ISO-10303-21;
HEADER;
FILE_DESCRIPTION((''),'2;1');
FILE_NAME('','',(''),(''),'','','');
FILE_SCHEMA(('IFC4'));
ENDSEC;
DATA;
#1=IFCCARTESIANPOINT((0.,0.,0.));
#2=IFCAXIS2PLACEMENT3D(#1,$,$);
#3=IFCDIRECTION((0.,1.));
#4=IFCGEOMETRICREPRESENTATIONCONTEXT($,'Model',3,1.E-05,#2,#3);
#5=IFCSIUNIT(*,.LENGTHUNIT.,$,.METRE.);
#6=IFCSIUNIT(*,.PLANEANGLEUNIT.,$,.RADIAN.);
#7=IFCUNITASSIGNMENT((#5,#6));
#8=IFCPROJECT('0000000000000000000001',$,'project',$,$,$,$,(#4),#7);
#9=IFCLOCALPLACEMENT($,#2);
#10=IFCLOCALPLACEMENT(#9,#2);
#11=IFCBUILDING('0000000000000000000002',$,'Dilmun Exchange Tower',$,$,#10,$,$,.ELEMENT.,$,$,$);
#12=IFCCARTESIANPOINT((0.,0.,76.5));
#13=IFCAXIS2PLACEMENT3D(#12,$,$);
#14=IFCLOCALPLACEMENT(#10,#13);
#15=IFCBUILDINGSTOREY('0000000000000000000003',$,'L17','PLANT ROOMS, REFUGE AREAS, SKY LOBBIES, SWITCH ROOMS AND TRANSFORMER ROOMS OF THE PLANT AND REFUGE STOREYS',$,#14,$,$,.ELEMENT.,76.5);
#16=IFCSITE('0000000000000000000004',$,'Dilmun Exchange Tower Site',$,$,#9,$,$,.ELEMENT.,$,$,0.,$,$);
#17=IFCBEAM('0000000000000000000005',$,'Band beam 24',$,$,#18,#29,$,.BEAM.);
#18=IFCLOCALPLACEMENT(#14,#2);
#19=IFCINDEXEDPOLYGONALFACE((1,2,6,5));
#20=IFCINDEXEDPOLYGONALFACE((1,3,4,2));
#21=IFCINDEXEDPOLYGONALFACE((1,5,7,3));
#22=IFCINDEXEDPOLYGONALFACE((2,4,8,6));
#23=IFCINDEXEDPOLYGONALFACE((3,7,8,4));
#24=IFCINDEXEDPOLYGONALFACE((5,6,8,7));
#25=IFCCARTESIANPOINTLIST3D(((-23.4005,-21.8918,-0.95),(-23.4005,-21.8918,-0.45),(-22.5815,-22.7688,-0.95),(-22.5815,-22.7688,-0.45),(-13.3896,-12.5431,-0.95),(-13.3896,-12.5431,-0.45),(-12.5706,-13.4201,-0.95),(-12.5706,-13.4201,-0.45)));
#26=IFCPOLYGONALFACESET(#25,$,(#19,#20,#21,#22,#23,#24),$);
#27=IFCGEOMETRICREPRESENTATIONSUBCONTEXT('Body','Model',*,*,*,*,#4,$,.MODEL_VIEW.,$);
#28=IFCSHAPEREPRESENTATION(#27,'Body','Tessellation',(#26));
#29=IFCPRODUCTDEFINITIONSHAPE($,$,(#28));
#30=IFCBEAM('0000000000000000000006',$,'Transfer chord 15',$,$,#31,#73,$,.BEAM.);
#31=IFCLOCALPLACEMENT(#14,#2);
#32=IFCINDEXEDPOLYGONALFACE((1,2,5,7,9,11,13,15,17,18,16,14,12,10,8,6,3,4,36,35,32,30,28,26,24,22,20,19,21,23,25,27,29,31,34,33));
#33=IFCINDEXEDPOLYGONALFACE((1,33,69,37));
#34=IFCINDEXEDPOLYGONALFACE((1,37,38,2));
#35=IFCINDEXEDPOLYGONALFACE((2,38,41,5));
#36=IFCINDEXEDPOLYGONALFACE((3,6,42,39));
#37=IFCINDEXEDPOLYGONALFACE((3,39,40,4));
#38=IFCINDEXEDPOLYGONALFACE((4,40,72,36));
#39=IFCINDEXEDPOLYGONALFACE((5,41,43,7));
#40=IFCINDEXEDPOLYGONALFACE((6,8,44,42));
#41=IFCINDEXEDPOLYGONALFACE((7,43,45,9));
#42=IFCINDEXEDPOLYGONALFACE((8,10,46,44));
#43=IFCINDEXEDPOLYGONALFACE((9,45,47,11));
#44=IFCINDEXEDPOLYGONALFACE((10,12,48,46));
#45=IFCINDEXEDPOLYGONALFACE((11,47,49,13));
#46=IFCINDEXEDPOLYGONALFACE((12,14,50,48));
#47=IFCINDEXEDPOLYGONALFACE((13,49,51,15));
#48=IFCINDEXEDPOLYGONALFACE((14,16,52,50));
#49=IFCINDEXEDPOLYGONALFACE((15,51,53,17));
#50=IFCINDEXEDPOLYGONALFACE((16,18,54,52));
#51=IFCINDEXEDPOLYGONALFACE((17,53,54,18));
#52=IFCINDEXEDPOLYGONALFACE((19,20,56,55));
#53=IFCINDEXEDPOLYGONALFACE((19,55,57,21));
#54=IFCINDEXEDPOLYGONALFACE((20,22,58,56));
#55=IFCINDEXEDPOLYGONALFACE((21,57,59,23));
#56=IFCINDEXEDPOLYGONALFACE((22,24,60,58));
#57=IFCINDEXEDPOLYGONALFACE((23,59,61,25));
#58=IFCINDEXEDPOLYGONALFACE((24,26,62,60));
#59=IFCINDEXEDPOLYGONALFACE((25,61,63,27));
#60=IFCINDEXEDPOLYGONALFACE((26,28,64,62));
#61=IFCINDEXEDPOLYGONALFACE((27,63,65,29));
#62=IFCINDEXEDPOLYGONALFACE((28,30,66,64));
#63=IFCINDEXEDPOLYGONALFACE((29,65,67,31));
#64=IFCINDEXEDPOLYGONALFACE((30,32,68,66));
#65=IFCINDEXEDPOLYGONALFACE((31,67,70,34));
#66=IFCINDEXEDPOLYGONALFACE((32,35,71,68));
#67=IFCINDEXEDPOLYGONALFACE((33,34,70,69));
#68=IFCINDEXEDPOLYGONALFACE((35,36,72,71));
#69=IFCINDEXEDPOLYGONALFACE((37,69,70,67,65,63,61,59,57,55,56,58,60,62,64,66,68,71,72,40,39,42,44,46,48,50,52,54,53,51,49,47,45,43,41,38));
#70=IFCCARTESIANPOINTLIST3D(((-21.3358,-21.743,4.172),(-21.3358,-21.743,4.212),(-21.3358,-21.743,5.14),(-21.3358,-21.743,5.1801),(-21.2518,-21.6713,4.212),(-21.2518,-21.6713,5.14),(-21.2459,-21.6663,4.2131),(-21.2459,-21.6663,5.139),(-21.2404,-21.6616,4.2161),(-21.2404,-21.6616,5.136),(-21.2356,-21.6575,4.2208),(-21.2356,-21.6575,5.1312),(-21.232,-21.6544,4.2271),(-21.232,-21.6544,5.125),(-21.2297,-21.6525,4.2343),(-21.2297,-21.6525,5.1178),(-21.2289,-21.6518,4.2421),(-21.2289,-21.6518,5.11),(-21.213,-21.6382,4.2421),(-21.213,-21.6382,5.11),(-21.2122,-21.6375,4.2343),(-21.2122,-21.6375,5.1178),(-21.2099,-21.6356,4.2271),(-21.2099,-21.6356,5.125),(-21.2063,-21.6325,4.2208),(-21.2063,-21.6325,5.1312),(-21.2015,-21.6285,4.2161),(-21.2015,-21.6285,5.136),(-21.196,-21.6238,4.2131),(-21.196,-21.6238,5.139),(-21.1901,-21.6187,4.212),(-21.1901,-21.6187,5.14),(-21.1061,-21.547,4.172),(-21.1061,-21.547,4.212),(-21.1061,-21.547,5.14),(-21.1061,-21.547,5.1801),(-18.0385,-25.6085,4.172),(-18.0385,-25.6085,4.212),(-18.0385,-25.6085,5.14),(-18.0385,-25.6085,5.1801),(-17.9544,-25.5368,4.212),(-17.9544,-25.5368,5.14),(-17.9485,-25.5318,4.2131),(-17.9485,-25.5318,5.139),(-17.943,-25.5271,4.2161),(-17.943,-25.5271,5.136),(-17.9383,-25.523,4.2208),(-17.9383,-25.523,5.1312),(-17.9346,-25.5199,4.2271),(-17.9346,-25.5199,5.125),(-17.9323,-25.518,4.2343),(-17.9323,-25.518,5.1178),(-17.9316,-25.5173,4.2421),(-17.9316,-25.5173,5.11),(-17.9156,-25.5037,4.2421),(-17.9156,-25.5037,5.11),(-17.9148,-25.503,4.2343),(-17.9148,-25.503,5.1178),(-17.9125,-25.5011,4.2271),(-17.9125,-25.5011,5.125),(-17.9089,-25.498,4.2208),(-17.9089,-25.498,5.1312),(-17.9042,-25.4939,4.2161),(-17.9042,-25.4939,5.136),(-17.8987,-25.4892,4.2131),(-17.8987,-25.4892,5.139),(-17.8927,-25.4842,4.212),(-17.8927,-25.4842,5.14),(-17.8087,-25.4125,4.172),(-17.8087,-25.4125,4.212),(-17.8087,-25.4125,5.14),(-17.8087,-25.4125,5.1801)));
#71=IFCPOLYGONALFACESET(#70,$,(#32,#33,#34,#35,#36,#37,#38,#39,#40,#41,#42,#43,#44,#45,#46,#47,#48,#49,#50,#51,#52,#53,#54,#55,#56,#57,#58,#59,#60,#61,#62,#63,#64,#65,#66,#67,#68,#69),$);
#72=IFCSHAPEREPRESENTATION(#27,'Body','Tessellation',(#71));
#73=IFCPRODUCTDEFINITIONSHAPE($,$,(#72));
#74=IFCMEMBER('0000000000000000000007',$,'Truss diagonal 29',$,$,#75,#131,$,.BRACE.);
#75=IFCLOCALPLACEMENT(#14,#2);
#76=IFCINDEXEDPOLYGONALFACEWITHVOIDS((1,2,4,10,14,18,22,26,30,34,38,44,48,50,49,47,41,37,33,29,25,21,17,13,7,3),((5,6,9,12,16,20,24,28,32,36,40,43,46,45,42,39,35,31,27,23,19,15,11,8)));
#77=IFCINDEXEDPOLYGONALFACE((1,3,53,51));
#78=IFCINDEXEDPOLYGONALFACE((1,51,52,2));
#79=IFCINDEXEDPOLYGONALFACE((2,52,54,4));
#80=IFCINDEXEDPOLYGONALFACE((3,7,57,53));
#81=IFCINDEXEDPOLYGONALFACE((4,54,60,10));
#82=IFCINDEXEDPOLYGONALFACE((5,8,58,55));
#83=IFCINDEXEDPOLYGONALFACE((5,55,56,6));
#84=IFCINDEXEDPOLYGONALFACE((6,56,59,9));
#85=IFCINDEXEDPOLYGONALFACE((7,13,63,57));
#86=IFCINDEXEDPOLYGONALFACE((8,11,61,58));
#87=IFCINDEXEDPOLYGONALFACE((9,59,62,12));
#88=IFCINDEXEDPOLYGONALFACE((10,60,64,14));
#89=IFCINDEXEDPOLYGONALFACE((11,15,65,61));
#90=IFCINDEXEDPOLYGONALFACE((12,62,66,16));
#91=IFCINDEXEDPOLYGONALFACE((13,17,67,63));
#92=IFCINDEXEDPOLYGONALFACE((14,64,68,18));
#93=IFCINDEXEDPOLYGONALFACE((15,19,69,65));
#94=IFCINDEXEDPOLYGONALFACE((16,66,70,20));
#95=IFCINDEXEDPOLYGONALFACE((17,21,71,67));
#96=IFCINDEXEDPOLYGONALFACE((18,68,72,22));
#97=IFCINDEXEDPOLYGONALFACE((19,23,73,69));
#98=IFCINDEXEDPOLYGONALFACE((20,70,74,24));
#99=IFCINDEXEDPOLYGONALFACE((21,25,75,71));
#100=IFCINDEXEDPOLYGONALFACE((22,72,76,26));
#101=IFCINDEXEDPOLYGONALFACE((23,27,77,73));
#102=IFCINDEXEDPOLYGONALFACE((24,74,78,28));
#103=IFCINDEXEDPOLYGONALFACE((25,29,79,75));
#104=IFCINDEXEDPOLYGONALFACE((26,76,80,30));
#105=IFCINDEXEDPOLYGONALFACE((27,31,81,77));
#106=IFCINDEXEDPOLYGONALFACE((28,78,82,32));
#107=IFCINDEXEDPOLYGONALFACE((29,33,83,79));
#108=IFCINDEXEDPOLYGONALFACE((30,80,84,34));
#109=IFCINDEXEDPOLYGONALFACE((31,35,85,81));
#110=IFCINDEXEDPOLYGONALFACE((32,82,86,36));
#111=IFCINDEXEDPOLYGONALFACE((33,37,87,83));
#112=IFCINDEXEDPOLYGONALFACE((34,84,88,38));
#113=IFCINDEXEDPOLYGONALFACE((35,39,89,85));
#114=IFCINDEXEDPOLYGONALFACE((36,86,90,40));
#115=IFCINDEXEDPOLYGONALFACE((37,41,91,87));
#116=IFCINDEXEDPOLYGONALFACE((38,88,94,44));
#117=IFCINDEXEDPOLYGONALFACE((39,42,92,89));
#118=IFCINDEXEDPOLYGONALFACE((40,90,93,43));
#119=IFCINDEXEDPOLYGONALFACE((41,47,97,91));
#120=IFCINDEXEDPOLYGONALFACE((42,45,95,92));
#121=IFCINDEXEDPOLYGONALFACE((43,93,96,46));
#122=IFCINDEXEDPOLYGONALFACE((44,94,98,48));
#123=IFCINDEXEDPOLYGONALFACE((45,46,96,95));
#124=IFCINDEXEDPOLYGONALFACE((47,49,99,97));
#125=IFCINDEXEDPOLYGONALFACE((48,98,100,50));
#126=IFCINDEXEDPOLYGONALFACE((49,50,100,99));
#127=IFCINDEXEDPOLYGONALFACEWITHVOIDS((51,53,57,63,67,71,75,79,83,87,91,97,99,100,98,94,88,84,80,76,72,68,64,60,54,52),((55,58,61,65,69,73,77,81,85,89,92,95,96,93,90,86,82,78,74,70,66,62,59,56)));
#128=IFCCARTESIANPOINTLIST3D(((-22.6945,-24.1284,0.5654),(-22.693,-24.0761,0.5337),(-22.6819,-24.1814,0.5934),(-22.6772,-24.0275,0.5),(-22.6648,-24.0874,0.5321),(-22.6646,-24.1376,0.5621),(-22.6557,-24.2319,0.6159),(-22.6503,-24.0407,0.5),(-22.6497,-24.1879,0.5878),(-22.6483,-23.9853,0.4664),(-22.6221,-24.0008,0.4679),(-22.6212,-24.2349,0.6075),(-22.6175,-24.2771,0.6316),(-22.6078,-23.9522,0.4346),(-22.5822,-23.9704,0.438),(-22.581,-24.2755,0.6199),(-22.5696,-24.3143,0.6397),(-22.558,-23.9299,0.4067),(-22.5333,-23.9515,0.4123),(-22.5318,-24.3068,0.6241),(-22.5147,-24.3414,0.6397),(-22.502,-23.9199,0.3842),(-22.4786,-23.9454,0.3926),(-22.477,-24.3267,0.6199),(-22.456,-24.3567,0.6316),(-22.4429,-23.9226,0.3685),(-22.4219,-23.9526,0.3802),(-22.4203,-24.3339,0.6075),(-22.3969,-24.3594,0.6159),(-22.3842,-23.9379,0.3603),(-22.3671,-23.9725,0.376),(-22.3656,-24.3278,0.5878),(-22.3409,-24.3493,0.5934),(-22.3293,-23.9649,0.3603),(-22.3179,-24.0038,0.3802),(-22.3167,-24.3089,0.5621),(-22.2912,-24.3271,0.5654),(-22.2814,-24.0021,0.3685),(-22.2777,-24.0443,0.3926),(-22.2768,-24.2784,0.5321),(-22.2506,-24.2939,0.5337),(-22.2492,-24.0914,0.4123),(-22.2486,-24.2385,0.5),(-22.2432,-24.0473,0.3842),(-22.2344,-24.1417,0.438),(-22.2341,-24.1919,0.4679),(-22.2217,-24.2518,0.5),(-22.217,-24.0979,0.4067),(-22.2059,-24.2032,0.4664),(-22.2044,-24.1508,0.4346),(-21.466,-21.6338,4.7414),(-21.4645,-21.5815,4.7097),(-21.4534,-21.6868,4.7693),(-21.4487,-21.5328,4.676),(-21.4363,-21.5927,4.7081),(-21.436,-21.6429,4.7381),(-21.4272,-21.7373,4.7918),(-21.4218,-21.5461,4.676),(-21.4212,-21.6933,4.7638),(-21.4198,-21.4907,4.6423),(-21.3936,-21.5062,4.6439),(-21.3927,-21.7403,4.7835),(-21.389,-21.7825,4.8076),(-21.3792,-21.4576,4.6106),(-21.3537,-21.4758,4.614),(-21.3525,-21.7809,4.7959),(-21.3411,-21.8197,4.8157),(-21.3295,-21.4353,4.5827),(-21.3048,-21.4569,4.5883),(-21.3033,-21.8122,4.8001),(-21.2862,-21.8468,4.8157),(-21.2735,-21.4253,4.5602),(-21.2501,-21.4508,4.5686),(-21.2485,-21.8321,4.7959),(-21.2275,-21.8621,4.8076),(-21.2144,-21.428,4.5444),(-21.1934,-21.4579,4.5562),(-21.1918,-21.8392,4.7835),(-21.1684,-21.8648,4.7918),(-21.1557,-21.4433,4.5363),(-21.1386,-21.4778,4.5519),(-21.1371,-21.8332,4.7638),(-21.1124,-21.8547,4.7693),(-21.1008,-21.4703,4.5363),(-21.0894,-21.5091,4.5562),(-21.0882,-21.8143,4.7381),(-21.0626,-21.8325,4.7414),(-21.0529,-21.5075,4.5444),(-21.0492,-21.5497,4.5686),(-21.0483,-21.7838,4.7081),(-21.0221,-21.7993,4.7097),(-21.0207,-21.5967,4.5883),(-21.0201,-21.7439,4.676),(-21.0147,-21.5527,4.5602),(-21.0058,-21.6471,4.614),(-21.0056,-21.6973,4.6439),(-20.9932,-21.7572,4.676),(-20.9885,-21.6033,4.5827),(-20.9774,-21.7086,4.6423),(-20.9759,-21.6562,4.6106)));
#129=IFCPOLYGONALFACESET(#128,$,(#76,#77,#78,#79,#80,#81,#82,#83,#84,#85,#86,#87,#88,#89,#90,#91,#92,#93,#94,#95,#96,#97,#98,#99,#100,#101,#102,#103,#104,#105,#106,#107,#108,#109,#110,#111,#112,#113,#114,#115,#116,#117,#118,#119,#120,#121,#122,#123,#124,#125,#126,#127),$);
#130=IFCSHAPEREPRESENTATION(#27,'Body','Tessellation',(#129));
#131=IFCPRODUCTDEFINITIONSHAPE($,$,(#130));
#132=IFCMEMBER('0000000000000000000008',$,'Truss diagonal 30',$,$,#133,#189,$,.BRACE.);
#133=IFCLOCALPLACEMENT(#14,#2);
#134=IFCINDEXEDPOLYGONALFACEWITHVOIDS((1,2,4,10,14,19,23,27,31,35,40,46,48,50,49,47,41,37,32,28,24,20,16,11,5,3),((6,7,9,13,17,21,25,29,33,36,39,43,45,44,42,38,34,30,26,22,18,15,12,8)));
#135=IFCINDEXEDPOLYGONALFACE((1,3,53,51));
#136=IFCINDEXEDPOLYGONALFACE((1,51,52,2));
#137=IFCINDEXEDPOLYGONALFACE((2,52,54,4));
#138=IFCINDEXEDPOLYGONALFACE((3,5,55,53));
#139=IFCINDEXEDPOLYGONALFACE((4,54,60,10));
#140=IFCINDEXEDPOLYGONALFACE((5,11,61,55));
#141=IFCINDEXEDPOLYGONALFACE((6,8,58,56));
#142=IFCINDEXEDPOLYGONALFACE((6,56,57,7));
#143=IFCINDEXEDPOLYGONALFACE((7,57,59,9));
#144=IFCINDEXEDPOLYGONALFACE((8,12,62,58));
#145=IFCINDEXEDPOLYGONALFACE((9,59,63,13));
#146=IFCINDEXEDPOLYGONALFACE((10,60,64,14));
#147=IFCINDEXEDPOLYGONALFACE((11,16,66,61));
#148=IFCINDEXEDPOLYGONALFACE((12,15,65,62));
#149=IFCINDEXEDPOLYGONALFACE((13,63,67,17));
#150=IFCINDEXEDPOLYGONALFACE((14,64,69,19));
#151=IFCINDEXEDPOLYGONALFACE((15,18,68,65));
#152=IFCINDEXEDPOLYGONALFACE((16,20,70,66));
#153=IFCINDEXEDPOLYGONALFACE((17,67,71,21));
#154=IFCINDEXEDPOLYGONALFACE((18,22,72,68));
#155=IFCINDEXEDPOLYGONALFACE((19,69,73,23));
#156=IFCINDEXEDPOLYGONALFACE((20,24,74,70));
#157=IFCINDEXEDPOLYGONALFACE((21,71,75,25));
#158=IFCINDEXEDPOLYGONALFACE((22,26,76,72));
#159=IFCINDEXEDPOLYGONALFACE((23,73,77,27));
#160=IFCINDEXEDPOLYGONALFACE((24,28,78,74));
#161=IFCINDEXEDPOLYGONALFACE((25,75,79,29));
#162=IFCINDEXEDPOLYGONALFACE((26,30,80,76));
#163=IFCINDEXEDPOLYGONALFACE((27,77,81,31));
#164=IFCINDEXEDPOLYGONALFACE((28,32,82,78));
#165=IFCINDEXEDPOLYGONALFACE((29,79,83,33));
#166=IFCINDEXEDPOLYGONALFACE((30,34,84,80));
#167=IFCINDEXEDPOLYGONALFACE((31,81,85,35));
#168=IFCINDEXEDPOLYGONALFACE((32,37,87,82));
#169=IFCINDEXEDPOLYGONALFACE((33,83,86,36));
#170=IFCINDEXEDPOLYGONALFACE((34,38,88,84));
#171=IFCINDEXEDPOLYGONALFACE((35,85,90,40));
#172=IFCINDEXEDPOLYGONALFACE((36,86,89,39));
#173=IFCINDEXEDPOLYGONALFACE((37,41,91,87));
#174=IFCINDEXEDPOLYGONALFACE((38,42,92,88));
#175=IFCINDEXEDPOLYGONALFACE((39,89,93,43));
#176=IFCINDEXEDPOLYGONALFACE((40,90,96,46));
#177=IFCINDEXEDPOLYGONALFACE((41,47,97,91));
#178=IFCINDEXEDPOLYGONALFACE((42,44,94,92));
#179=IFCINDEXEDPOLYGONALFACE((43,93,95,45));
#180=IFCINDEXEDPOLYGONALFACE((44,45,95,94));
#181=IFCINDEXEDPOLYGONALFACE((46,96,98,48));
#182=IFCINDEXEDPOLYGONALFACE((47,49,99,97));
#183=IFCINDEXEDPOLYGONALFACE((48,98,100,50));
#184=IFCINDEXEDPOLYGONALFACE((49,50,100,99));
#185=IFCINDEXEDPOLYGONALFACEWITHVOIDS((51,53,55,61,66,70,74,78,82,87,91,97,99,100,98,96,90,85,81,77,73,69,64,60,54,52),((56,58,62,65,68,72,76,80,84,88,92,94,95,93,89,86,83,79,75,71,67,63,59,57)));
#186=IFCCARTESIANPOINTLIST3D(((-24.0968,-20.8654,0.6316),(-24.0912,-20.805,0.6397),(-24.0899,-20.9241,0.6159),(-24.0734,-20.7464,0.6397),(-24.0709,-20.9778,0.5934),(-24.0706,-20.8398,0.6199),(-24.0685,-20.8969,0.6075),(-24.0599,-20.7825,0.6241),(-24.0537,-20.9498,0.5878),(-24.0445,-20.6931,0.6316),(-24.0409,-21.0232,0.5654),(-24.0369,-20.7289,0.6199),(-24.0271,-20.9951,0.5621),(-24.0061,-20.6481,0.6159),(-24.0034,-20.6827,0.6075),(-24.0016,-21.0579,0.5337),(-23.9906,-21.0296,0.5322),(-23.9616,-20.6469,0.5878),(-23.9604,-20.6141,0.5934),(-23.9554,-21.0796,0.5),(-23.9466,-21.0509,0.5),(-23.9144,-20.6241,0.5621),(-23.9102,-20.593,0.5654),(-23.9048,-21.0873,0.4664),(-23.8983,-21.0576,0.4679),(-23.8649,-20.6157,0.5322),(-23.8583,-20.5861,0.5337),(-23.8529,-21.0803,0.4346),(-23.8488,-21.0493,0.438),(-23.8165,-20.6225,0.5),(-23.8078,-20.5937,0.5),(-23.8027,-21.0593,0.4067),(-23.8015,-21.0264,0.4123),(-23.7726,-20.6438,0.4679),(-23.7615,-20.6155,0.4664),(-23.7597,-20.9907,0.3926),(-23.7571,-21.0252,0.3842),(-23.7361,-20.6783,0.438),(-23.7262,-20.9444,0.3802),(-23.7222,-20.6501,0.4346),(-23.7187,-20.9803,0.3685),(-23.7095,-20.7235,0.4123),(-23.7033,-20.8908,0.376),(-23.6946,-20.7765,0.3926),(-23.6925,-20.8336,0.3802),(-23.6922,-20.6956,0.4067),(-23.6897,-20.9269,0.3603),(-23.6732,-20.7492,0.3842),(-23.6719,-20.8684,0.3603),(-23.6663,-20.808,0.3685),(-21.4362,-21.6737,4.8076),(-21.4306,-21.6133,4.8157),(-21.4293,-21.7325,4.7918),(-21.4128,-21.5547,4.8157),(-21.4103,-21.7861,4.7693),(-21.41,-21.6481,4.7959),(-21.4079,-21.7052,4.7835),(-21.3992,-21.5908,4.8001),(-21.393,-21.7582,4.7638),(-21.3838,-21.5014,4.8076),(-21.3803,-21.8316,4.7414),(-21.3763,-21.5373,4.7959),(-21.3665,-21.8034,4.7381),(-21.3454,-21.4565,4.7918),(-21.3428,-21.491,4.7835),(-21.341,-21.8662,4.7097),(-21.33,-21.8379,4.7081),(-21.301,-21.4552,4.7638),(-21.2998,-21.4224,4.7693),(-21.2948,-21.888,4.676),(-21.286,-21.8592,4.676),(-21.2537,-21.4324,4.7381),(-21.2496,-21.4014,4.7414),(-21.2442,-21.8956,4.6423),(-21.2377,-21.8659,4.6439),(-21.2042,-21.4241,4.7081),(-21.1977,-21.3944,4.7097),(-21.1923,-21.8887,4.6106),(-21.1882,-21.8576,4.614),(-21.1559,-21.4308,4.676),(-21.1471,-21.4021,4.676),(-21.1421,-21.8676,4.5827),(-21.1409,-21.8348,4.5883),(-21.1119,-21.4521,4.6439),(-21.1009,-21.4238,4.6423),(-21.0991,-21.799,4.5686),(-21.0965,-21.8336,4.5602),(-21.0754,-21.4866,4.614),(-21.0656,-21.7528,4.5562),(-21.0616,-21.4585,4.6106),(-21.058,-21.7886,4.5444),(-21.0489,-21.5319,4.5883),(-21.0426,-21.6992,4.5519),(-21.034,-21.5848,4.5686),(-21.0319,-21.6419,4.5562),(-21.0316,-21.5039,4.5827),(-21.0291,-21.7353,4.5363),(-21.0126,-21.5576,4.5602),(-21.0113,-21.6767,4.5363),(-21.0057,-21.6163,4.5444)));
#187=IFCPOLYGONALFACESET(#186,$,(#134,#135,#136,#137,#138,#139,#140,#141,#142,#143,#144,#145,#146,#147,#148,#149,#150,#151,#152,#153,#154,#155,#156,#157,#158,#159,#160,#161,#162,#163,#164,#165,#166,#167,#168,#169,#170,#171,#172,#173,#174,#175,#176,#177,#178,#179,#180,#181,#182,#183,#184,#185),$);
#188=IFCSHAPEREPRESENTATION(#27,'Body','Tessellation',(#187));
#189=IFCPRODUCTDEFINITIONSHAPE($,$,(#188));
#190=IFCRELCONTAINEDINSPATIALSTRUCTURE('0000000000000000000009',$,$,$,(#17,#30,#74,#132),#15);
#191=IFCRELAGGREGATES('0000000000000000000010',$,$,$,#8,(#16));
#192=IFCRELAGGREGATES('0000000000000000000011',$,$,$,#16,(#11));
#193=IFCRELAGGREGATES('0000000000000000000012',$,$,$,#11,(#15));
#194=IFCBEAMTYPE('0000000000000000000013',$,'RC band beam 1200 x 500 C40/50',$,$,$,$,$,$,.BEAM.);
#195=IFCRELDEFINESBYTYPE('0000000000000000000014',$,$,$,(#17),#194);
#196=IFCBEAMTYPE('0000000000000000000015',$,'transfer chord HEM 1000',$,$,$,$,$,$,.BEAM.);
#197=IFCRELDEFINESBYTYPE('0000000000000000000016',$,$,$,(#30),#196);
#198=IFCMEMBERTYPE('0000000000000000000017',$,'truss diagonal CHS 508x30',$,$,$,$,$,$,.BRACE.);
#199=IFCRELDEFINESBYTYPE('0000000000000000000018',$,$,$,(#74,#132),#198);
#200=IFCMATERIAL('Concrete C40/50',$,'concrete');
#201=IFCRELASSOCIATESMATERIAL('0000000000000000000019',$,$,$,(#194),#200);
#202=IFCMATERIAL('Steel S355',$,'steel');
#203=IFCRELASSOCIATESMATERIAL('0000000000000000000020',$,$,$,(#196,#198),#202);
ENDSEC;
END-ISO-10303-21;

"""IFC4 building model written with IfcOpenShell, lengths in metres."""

from ifc_helpers import new_model, si_unit, direction, frame, origin, origin_2d, place, context, subcontext, project, spatial, rectangle, hollow_circle, i_section, extrude, material, material_profile, profile_set, type_object, element, save


model = new_model("IFC4")

# Units and contexts
model_context = context("Model", 3, precision=1e-05, world=origin(), true_north=direction((0.0, 1.0)))
body_context = subcontext(model_context, "Body", "Model", "MODEL_VIEW")
ifc_project = project(units=[si_unit("LENGTHUNIT", "METRE"), si_unit("PLANEANGLEUNIT", "RADIAN")], contexts=[model_context])

# Site, building, storey
site_placement = place(None, origin())
site = spatial("IfcSite", under=ifc_project, at=site_placement, Name="Dilmun Exchange Tower Site", CompositionType="ELEMENT", RefElevation=0.0)
building_placement = place(site_placement, origin())
building = spatial("IfcBuilding", under=site, at=building_placement, Name="Dilmun Exchange Tower", CompositionType="ELEMENT")
storey_placement = place(building_placement, frame((0.0, 0.0, 76.5)))
storey = spatial("IfcBuildingStorey", under=building, at=storey_placement, Name="L17", Description="PLANT ROOMS, REFUGE AREAS, SKY LOBBIES, SWITCH ROOMS AND TRANSFORMER ROOMS OF THE PLANT AND REFUGE STOREYS", CompositionType="ELEMENT", Elevation=76.5)

# Beams
ifc_material_1 = material(Name="Concrete C40/50", Category="concrete")
ifc_material_profile_1 = material_profile(ifc_material_1, rectangle(XDim=1.2, YDim=0.5, at=origin_2d()), Name="1200 x 500")
ifc_profile_set_1 = profile_set([ifc_material_profile_1], Name="Concrete C40/50")
beam_type_1 = type_object("IfcBeamType", Name="RC band beam 1200 x 500 C40/50", PredefinedType="BEAM", material=ifc_profile_set_1)
beam_1_placement = place(storey_placement, frame((-22.991, -22.3303, -0.7), z_axis=(0.730863, 0.682524, 0.0), x_axis=(-0.682524, 0.730863, 0.0)))
element("IfcBeam", 1, at=beam_1_placement, inside=storey, type_object=beam_type_1, Name="Band beam 24", PredefinedType="BEAM", context=body_context, shape_type="SweptSolid", body=[
    extrude(rectangle(XDim=1.2, YDim=0.5, at=origin_2d()), origin(), (0.0, 0.0, 1.0), 13.6973),
])
ifc_material_2 = material(Name="Steel S355", Category="steel")
ifc_material_profile_2 = material_profile(ifc_material_2, i_section(OverallWidth=0.302, OverallDepth=1.0081, WebThickness=0.021, FlangeThickness=0.04, FilletRadius=0.03, at=origin_2d()), Name="HEM 1000")
ifc_profile_set_2 = profile_set([ifc_material_profile_2], Name="Steel S355")
beam_type_2 = type_object("IfcBeamType", Name="transfer chord HEM 1000", PredefinedType="BEAM", material=ifc_profile_set_2)
beam_2_placement = place(storey_placement, frame((-21.2209, -21.645, 4.676), z_axis=(0.648985, -0.760801, 0.0), x_axis=(0.760801, 0.648985, 0.0)))
element("IfcBeam", 2, at=beam_2_placement, inside=storey, type_object=beam_type_2, Name="Transfer chord 15", PredefinedType="BEAM", context=body_context, shape_type="SweptSolid", body=[
    extrude(i_section(OverallWidth=0.302, OverallDepth=1.0081, WebThickness=0.021, FlangeThickness=0.04, FilletRadius=0.03, at=origin_2d()), origin(), (0.0, 0.0, 1.0), 5.0808),
])

# Members
ifc_material_profile_3 = material_profile(ifc_material_2, hollow_circle(Radius=0.2539, WallThickness=0.03, at=origin_2d()), Name="CHS 508x30")
ifc_profile_set_3 = profile_set([ifc_material_profile_3], Name="Steel S355")
member_type = type_object("IfcMemberType", Name="truss diagonal CHS 508x30", PredefinedType="BRACE", material=ifc_profile_set_3)
for number, where, z_axis, x_axis, name in (
    (3, (-21.2209, -21.645, 4.676), (-0.244864, -0.497222, -0.832353), (0.897115, -0.441797, 0.0), "Truss diagonal 29"),
    (4, (-21.2209, -21.645, 4.676), (-0.530311, 0.161118, -0.832353), (-0.290697, -0.956815, 0.0), "Truss diagonal 30"),
):
    element("IfcMember", number, at=place(storey_placement, frame(where, z_axis=z_axis, x_axis=x_axis)), inside=storey, type_object=member_type, Name=name, PredefinedType="BRACE", context=body_context, shape_type="SweptSolid", body=[
        extrude(hollow_circle(Radius=0.2539, WallThickness=0.03, at=origin_2d()), origin(), (0.0, 0.0, 1.0), 5.0171),
    ])

save(model, "model.ifc")
